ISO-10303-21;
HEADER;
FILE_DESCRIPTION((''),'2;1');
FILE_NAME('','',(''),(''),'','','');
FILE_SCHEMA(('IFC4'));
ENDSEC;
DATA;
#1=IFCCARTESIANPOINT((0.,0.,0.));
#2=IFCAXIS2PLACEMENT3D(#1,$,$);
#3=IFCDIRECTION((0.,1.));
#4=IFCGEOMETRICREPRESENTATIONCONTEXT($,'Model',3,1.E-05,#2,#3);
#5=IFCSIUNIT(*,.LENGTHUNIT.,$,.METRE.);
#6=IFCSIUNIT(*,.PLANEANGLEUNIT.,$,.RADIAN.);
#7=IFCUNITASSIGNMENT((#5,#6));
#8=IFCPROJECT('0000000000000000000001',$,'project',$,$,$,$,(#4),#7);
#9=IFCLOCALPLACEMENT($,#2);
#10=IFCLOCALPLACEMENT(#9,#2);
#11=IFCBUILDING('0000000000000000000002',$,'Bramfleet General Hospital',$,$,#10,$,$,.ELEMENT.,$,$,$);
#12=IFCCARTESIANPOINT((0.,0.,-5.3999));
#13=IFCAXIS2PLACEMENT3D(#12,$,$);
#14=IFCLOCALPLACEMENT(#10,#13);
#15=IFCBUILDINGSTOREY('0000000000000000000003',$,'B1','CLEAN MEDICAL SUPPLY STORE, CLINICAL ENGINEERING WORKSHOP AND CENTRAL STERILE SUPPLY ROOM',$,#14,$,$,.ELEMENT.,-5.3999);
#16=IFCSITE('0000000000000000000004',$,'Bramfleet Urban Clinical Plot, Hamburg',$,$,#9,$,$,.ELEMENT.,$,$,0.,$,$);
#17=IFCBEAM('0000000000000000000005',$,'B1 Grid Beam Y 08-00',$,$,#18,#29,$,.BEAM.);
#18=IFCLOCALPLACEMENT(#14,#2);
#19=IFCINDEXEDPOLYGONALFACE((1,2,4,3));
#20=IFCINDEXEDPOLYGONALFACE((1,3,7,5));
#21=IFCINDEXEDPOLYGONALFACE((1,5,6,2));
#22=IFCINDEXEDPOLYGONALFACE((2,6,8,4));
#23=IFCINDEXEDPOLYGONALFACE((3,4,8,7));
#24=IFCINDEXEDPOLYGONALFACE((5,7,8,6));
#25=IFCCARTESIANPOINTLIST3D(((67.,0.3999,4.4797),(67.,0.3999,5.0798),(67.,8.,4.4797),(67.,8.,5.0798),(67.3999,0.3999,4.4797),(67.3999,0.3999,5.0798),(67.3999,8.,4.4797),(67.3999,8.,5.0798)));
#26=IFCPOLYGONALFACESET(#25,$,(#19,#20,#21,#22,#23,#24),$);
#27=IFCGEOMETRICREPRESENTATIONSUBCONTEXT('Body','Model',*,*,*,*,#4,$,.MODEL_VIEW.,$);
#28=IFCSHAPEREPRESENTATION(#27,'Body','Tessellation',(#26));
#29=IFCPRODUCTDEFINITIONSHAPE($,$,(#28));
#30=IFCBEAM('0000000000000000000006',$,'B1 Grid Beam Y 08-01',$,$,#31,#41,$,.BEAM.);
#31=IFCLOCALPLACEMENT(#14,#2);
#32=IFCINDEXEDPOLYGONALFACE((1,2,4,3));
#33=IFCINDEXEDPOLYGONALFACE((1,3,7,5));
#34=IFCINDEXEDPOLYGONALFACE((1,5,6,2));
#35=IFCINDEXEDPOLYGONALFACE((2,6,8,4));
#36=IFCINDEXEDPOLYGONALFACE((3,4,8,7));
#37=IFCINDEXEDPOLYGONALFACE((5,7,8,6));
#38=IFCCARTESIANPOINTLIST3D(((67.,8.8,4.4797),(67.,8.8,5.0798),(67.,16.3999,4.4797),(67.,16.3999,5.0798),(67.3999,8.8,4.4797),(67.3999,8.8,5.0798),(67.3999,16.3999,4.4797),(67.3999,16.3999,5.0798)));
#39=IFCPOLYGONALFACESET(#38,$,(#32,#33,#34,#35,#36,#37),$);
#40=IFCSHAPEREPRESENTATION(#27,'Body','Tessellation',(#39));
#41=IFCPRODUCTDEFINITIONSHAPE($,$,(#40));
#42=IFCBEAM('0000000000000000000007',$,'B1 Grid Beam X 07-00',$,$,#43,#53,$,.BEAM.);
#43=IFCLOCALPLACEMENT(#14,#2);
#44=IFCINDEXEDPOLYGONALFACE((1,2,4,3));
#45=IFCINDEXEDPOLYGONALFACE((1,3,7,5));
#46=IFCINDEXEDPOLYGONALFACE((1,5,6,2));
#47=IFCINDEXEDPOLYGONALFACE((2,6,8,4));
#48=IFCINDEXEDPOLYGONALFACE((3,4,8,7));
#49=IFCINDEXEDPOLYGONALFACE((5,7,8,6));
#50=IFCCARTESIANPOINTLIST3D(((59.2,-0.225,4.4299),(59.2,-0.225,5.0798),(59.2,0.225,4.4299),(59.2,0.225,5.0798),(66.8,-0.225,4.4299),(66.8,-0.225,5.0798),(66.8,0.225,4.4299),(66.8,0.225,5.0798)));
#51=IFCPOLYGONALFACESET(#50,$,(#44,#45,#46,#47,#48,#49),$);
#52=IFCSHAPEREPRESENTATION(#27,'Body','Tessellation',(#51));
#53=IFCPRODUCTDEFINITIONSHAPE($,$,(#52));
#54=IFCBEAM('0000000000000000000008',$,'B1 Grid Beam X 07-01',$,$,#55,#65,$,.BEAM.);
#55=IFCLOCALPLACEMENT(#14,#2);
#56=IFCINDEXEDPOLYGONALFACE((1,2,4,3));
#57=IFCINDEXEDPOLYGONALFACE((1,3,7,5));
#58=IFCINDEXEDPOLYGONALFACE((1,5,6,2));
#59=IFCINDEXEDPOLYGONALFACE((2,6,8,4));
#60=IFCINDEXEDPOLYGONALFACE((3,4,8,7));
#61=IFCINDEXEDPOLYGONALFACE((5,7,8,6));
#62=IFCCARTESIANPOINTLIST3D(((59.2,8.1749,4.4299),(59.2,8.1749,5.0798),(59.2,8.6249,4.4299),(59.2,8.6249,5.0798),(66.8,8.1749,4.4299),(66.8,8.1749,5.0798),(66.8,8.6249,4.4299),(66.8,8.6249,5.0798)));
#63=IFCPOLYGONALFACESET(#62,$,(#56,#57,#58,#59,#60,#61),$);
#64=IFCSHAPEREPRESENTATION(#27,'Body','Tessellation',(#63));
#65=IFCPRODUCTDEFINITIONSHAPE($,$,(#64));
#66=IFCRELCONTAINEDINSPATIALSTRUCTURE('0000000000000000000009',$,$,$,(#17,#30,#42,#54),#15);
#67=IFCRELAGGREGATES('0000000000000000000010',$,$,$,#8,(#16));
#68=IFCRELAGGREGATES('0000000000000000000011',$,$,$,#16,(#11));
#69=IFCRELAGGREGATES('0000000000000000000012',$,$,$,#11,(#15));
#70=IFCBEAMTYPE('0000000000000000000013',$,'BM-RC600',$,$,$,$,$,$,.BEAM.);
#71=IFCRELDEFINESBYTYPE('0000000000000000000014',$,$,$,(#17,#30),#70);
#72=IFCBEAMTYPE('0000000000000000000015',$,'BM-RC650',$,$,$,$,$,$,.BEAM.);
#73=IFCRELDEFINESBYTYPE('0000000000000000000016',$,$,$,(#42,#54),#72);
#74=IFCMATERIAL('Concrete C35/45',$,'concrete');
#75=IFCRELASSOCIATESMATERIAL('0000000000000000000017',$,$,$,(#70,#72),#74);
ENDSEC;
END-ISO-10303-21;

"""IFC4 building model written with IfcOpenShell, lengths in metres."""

from ifc_helpers import new_model, si_unit, direction, frame, origin, origin_2d, place, context, subcontext, project, spatial, rectangle, extrude, material, material_profile, profile_set, type_object, element, save


model = new_model("IFC4")

# Units and contexts
model_context = context("Model", 3, precision=1e-05, world=origin(), true_north=direction((0.0, 1.0)))
body_context = subcontext(model_context, "Body", "Model", "MODEL_VIEW")
ifc_project = project(units=[si_unit("LENGTHUNIT", "METRE"), si_unit("PLANEANGLEUNIT", "RADIAN")], contexts=[model_context])

# Site, building, storey
site_placement = place(None, origin())
site = spatial("IfcSite", under=ifc_project, at=site_placement, Name="Bramfleet Urban Clinical Plot, Hamburg", CompositionType="ELEMENT", RefElevation=0.0)
building_placement = place(site_placement, origin())
building = spatial("IfcBuilding", under=site, at=building_placement, Name="Bramfleet General Hospital", CompositionType="ELEMENT")
storey_placement = place(building_placement, frame((0.0, 0.0, -5.3999)))
storey = spatial("IfcBuildingStorey", under=building, at=storey_placement, Name="B1", Description="CLEAN MEDICAL SUPPLY STORE, CLINICAL ENGINEERING WORKSHOP AND CENTRAL STERILE SUPPLY ROOM", CompositionType="ELEMENT", Elevation=-5.3999)

# Shared definitions
ifc_material_1 = material(Name="Concrete C35/45", Category="concrete")

# Beams
ifc_material_profile_1 = material_profile(ifc_material_1, rectangle(XDim=0.3999, YDim=0.6001, at=origin_2d()), Name="RC BM 600x400")
ifc_profile_set_1 = profile_set([ifc_material_profile_1], Name="Concrete C35/45")
beam_type_1 = type_object("IfcBeamType", Name="BM-RC600", PredefinedType="BEAM", material=ifc_profile_set_1)
beam_1_placement = place(storey_placement, frame((67.2, 0.3999, 4.7798), z_axis=(0.0, 1.0, 0.0), x_axis=(-1.0, 0.0, 0.0)))
element("IfcBeam", 1, at=beam_1_placement, inside=storey, type_object=beam_type_1, Name="B1 Grid Beam Y 08-00", PredefinedType="BEAM", context=body_context, shape_type="SweptSolid", body=[
    extrude(rectangle(XDim=0.3999, YDim=0.6001, at=origin_2d()), origin(), (0.0, 0.0, 1.0), 7.6001),
])
beam_2_placement = place(storey_placement, frame((67.2, 8.8, 4.7798), z_axis=(0.0, 1.0, 0.0), x_axis=(-1.0, 0.0, 0.0)))
element("IfcBeam", 2, at=beam_2_placement, inside=storey, type_object=beam_type_1, Name="B1 Grid Beam Y 08-01", PredefinedType="BEAM", context=body_context, shape_type="SweptSolid", body=[
    extrude(rectangle(XDim=0.3999, YDim=0.6001, at=origin_2d()), origin(), (0.0, 0.0, 1.0), 7.5999),
])
ifc_material_profile_2 = material_profile(ifc_material_1, rectangle(XDim=0.45, YDim=0.6499, at=origin_2d()), Name="RC BM 650x450")
ifc_profile_set_2 = profile_set([ifc_material_profile_2], Name="Concrete C35/45")
beam_type_2 = type_object("IfcBeamType", Name="BM-RC650", PredefinedType="BEAM", material=ifc_profile_set_2)
for number, where, z_axis, x_axis, name in (
    (3, (59.2, 0.0, 4.7549), (1.0, 0.0, 0.0), (0.0, 1.0, 0.0), "B1 Grid Beam X 07-00"),
    (4, (59.2, 8.3999, 4.7549), (1.0, 0.0, 0.0), (0.0, 1.0, 0.0), "B1 Grid Beam X 07-01"),
):
    element("IfcBeam", number, at=place(storey_placement, frame(where, z_axis=z_axis, x_axis=x_axis)), inside=storey, type_object=beam_type_2, Name=name, PredefinedType="BEAM", context=body_context, shape_type="SweptSolid", body=[
        extrude(rectangle(XDim=0.45, YDim=0.6499, at=origin_2d()), origin(), (0.0, 0.0, 1.0), 7.6001),
    ])

save(model, "model.ifc")
